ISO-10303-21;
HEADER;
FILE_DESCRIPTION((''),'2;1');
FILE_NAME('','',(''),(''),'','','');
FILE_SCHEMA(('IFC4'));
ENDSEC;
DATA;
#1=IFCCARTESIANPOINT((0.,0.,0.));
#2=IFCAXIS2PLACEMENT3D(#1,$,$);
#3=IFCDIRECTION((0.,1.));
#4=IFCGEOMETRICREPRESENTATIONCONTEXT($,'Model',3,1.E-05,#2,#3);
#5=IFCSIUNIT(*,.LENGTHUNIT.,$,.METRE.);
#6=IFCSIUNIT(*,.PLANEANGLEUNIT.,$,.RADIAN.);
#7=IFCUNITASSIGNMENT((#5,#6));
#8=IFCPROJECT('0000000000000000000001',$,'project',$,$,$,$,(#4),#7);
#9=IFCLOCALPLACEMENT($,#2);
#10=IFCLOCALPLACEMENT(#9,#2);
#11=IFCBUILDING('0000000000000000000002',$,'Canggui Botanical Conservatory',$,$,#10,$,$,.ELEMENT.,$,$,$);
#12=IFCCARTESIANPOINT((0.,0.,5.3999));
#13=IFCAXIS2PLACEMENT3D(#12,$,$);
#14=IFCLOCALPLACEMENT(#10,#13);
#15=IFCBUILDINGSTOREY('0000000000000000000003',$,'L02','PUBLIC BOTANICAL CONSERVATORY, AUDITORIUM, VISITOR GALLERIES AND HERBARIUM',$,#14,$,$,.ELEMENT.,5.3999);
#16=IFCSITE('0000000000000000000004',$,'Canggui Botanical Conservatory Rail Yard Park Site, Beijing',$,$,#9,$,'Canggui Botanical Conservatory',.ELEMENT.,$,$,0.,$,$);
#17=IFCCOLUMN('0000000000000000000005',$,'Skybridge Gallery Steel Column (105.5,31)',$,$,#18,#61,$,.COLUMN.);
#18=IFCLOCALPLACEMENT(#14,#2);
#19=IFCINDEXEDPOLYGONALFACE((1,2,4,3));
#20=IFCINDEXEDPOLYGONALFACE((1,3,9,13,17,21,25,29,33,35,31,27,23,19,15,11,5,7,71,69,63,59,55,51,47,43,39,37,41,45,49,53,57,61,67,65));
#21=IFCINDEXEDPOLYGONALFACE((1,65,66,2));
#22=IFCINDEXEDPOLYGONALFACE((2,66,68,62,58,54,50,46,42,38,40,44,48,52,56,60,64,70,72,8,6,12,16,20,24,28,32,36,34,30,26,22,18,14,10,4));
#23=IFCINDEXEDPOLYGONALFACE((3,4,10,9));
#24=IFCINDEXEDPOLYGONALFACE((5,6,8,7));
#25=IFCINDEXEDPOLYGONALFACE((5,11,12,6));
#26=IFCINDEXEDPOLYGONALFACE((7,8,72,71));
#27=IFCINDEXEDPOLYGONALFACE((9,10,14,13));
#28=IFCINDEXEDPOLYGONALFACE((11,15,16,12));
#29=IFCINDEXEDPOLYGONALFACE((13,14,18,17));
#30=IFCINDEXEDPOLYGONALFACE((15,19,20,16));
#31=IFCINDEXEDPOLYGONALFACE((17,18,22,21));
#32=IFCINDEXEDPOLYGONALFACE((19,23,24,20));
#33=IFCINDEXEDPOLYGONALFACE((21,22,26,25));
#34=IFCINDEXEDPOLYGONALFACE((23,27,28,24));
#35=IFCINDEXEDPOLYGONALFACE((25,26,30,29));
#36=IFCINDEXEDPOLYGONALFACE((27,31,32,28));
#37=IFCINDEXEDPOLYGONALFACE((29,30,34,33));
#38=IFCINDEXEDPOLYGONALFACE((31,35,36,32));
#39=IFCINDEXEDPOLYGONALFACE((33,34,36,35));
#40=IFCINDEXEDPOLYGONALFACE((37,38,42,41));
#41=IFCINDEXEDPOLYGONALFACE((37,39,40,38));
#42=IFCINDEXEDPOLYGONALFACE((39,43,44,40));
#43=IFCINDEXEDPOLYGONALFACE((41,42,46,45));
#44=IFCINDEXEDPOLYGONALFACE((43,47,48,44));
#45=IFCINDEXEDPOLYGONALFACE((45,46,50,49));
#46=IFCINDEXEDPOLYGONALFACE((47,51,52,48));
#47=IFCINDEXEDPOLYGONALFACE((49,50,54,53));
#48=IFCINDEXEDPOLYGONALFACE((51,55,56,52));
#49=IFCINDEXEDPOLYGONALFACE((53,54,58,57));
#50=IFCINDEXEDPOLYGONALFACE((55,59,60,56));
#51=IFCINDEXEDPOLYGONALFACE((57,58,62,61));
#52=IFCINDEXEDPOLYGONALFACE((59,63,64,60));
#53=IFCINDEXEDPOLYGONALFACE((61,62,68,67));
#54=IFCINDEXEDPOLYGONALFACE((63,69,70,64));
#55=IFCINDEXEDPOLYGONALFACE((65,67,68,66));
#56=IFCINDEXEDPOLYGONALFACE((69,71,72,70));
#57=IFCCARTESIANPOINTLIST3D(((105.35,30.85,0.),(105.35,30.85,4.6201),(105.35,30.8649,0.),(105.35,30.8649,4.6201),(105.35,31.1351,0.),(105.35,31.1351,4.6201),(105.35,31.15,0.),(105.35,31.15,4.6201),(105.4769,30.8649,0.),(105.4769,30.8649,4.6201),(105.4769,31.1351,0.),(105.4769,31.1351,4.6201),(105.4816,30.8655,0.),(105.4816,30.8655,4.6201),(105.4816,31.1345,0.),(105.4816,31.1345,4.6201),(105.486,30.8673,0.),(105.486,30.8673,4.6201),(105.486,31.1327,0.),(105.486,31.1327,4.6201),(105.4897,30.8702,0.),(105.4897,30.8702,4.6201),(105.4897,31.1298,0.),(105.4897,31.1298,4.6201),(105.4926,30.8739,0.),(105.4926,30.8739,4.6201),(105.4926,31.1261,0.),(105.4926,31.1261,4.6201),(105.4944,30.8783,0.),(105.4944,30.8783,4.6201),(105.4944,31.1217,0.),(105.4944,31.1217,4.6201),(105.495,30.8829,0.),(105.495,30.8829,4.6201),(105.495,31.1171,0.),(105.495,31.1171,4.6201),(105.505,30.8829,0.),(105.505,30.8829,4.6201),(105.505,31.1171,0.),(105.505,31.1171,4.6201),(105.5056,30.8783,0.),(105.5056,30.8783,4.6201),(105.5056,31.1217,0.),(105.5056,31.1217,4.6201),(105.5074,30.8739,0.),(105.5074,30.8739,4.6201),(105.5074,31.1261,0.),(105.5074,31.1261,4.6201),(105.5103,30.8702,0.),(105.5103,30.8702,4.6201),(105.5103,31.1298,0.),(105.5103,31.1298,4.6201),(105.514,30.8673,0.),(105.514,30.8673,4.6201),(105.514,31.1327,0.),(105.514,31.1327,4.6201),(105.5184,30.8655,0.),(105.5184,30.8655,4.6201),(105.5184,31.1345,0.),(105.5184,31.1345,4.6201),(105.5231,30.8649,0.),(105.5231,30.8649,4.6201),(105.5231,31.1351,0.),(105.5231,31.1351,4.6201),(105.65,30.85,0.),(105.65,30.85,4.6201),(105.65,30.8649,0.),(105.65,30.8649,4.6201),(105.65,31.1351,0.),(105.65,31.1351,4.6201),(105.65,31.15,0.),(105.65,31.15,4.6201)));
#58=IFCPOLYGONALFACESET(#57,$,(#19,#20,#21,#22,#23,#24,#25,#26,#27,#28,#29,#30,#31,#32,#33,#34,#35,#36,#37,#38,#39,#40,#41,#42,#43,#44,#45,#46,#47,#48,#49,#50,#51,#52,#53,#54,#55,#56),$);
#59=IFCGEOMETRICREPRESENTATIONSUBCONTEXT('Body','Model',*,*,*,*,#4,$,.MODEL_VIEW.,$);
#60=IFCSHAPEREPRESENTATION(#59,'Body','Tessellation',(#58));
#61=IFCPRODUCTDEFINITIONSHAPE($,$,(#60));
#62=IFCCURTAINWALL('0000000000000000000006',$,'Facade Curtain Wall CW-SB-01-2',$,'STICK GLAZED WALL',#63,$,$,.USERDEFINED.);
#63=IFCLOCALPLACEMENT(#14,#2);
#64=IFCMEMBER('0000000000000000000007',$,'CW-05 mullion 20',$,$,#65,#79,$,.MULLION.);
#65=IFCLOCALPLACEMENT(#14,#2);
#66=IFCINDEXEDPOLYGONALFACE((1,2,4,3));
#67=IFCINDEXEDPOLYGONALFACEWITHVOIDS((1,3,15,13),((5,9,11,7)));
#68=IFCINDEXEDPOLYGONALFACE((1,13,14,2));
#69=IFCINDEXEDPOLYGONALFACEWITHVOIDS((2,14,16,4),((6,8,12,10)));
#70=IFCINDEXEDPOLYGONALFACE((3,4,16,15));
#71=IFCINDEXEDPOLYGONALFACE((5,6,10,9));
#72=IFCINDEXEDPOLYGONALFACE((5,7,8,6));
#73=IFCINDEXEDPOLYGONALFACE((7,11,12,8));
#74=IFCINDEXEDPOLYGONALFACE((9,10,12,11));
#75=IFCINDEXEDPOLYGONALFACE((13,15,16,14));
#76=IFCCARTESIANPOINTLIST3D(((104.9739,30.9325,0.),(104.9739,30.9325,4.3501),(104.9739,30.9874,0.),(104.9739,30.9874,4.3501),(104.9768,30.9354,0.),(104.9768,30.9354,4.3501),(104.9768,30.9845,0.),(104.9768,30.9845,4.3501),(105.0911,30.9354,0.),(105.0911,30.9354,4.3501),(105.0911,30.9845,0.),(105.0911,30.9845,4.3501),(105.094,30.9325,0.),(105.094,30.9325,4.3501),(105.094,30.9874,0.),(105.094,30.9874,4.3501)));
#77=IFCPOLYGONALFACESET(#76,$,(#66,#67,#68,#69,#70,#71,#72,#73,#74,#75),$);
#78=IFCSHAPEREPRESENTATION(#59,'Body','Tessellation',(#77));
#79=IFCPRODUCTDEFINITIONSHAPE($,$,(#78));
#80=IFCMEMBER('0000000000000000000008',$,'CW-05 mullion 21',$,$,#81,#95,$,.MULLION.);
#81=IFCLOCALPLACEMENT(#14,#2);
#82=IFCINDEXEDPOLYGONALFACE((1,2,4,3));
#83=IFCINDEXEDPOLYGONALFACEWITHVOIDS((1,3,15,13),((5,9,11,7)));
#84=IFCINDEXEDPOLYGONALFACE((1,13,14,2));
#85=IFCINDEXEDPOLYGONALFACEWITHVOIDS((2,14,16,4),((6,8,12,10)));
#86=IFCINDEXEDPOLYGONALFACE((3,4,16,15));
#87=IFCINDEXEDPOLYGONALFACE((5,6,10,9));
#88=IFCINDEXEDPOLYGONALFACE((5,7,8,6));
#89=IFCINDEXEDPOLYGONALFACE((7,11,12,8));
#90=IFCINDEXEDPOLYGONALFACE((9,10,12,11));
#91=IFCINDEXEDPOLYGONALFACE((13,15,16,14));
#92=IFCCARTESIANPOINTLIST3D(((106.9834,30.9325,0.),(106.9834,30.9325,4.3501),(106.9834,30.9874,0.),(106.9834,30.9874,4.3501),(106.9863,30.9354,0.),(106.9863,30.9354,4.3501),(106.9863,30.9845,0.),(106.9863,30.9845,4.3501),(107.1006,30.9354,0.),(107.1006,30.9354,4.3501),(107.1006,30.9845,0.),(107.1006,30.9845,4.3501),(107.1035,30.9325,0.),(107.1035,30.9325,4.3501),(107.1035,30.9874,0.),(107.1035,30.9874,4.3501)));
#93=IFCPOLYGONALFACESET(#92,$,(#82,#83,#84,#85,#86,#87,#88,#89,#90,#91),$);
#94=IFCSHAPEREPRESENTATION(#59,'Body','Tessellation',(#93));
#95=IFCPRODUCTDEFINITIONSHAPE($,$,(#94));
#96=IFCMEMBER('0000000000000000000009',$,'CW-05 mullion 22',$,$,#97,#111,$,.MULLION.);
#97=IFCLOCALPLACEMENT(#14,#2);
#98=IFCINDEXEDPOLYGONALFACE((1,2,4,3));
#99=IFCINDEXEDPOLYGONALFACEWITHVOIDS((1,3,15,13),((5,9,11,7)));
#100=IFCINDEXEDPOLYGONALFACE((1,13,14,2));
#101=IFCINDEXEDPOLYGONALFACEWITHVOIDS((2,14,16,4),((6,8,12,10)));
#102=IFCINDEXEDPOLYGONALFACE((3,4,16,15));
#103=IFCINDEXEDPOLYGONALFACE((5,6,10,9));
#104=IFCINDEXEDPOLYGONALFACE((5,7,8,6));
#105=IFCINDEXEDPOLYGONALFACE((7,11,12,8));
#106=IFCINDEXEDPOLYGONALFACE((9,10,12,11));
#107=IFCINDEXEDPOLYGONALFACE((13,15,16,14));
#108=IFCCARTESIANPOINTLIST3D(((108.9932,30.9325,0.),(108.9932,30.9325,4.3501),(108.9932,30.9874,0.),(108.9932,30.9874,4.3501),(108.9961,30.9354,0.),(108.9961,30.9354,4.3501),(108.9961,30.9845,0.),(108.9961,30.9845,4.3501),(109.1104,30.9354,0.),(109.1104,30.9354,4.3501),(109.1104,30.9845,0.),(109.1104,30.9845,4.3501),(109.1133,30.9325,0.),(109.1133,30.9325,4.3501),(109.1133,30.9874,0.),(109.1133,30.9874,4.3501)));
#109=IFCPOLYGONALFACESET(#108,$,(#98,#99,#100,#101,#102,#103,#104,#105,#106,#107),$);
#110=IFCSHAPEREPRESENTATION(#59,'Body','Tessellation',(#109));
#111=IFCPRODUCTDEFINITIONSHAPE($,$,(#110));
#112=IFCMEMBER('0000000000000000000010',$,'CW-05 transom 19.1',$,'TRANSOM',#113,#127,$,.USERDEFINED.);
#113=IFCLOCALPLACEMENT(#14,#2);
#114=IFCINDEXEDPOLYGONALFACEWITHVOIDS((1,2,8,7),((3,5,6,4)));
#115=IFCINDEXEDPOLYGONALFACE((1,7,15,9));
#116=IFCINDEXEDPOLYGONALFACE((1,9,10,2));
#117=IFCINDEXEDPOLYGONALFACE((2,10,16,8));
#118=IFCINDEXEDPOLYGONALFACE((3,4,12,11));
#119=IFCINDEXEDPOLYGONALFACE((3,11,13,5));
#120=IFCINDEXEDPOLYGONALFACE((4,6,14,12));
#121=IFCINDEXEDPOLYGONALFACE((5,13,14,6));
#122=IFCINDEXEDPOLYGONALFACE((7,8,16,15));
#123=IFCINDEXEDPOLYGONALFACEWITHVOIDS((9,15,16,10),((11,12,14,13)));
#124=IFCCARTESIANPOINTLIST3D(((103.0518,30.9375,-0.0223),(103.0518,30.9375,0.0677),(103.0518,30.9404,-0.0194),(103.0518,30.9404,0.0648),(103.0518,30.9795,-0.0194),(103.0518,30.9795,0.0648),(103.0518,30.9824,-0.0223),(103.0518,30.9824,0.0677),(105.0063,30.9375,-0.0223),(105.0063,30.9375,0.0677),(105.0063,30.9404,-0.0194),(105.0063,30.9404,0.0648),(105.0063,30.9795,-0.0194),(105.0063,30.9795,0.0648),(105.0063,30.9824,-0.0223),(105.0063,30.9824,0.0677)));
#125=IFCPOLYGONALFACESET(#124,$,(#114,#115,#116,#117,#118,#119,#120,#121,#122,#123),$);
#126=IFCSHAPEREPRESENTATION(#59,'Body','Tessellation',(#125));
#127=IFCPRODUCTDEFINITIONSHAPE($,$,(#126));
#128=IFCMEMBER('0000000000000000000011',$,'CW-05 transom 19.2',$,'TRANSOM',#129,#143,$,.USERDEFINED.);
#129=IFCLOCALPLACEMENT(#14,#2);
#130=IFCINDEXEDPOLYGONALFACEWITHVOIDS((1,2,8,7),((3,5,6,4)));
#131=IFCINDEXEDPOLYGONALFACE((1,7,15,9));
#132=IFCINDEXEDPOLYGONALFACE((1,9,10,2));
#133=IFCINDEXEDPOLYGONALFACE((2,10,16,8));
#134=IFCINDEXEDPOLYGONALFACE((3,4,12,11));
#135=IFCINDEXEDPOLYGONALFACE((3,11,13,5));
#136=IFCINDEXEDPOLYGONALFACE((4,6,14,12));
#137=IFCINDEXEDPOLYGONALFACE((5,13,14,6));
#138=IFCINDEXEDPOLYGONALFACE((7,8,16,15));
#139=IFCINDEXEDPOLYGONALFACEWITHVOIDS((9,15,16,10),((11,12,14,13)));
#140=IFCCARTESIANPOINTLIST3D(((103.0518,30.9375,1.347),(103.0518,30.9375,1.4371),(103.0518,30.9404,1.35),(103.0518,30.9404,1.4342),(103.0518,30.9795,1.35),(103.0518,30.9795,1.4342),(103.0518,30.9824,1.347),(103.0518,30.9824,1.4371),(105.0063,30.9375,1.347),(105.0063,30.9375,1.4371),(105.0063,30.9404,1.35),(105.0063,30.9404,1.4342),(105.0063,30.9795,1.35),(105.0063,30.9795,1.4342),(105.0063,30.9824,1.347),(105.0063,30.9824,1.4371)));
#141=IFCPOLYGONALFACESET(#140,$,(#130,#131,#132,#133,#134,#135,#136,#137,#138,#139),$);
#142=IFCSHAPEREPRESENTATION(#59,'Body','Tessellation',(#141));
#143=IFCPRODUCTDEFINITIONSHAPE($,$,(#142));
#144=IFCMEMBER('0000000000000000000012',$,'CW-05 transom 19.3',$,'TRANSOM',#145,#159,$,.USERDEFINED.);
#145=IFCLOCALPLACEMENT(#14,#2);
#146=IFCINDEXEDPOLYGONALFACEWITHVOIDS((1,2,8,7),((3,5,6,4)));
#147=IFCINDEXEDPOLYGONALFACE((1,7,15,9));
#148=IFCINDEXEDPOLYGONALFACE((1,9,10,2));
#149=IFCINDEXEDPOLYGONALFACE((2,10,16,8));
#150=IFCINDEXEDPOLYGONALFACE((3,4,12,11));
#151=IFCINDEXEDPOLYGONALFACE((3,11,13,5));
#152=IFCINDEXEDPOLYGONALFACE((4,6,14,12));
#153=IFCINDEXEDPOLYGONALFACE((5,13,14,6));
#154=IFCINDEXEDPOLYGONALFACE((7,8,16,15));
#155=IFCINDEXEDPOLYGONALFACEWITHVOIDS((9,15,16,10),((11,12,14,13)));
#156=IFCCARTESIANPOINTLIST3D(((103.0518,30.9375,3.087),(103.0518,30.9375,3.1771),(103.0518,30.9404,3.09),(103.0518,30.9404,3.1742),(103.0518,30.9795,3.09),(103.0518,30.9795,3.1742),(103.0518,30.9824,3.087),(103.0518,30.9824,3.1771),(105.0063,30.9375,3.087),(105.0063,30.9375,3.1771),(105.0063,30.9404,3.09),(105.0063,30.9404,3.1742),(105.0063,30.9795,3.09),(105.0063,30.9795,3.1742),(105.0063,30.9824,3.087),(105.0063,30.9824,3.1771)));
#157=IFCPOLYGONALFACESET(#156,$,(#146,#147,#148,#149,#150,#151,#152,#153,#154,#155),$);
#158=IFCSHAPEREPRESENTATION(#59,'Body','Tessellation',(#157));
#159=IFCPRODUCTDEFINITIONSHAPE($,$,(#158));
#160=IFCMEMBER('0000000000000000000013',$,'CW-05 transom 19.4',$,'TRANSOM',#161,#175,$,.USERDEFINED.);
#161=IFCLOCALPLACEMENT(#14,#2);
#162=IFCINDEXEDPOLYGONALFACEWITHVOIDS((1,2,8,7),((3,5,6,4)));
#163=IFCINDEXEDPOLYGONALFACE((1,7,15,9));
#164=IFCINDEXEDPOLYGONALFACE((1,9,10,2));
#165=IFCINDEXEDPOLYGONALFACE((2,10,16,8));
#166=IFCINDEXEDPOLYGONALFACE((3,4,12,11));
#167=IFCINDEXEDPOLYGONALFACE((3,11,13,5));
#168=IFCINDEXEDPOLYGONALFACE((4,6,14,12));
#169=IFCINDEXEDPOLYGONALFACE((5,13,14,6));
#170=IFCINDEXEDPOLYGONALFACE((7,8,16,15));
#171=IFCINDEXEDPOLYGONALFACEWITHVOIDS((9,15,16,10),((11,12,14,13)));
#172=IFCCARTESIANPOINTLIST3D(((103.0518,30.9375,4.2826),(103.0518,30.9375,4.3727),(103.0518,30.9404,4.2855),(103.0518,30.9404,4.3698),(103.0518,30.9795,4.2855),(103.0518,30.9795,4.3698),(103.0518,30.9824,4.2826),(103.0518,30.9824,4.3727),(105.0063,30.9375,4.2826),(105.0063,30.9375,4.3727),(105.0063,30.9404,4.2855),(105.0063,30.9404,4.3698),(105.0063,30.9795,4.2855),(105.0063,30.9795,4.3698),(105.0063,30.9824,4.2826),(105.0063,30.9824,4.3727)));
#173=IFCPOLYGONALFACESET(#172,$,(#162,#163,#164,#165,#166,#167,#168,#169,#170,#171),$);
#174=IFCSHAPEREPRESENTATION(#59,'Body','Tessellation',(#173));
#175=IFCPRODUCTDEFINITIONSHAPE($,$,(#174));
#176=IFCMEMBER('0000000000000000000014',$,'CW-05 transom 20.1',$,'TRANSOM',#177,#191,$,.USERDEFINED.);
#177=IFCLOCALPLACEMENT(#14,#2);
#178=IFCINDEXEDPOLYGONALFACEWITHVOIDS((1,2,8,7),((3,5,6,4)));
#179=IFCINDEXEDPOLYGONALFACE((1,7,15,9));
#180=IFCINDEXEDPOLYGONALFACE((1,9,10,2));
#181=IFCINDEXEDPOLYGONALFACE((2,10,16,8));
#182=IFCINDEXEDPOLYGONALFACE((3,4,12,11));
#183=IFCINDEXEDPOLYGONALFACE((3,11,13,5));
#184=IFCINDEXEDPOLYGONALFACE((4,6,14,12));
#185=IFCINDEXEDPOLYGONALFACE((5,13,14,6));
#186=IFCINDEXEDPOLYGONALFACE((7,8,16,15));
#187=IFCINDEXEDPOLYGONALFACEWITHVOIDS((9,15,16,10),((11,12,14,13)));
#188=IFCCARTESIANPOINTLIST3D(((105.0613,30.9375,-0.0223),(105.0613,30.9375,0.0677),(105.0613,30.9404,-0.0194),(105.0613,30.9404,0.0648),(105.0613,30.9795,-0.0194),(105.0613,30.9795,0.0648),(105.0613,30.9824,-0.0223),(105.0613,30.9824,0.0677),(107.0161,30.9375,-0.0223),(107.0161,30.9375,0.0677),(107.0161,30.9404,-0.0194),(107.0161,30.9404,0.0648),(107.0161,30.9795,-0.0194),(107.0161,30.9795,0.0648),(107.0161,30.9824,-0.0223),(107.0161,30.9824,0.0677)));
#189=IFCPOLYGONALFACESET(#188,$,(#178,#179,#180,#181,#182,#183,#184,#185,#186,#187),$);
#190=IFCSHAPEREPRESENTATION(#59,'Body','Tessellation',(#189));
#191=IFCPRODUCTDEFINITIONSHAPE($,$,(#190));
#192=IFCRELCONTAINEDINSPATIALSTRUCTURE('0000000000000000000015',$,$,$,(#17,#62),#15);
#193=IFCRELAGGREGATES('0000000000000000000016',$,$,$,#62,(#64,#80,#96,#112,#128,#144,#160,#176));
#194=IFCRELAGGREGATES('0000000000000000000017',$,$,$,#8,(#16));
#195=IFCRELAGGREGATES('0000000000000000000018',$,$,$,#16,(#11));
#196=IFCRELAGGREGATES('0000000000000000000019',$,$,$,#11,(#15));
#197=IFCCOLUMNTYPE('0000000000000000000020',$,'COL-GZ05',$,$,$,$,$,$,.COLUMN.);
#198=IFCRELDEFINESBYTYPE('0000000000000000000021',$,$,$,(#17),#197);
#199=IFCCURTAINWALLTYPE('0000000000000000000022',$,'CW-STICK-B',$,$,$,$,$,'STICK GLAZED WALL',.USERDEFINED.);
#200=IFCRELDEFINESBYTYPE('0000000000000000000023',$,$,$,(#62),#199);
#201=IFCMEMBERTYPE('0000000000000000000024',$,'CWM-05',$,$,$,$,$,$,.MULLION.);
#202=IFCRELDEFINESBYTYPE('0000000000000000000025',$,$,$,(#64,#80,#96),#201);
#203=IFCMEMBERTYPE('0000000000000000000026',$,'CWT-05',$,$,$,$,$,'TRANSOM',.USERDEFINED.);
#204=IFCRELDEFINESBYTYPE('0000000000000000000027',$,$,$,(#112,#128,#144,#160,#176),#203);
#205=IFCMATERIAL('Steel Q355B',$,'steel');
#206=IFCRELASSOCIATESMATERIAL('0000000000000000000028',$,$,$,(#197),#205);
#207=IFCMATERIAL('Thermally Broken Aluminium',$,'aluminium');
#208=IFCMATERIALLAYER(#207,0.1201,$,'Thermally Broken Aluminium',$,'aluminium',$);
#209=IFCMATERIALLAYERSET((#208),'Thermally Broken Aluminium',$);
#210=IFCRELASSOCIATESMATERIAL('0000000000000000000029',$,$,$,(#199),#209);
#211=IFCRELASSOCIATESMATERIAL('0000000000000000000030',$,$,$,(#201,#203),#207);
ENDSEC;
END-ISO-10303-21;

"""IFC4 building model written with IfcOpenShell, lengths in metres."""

from ifc_helpers import new_model, si_unit, direction, frame, origin, origin_2d, place, context, subcontext, project, spatial, hollow_rectangle, i_section, extrude, material, layer, layer_set, material_profile, profile_set, type_object, element, aggregate, save


model = new_model("IFC4")

# Units and contexts
model_context = context("Model", 3, precision=1e-05, world=origin(), true_north=direction((0.0, 1.0)))
body_context = subcontext(model_context, "Body", "Model", "MODEL_VIEW")
ifc_project = project(units=[si_unit("LENGTHUNIT", "METRE"), si_unit("PLANEANGLEUNIT", "RADIAN")], contexts=[model_context])

# Site, building, storey
site_placement = place(None, origin())
site = spatial("IfcSite", under=ifc_project, at=site_placement, Name="Canggui Botanical Conservatory Rail Yard Park Site, Beijing", LongName="Canggui Botanical Conservatory", CompositionType="ELEMENT", RefElevation=0.0)
building_placement = place(site_placement, origin())
building = spatial("IfcBuilding", under=site, at=building_placement, Name="Canggui Botanical Conservatory", CompositionType="ELEMENT")
storey_placement = place(building_placement, frame((0.0, 0.0, 5.3999)))
storey = spatial("IfcBuildingStorey", under=building, at=storey_placement, Name="L02", Description="PUBLIC BOTANICAL CONSERVATORY, AUDITORIUM, VISITOR GALLERIES AND HERBARIUM", CompositionType="ELEMENT", Elevation=5.3999)

# Column
ifc_material_1 = material(Name="Steel Q355B", Category="steel")
ifc_material_profile_1 = material_profile(ifc_material_1, i_section(OverallWidth=0.3, OverallDepth=0.3, WebThickness=0.01, FlangeThickness=0.0149, FilletRadius=0.0181, at=origin_2d()), Name="HW 300x300x10x15")
ifc_profile_set_1 = profile_set([ifc_material_profile_1], Name="Steel Q355B")
column_type = type_object("IfcColumnType", Name="COL-GZ05", PredefinedType="COLUMN", material=ifc_profile_set_1)
column_placement = place(storey_placement, frame((105.5, 31.0, 0.0), z_axis=(0.0, 0.0, 1.0), x_axis=(1.0, 0.0, 0.0)))
element("IfcColumn", 1, at=column_placement, inside=storey, type_object=column_type, Name="Skybridge Gallery Steel Column (105.5,31)", PredefinedType="COLUMN", context=body_context, shape_type="SweptSolid", body=[
    extrude(i_section(OverallWidth=0.3, OverallDepth=0.3, WebThickness=0.01, FlangeThickness=0.0149, FilletRadius=0.0181, at=origin_2d()), origin(), (0.0, 0.0, 1.0), 4.6201),
])

# Curtain wall, members
ifc_material_2 = material(Name="Thermally Broken Aluminium", Category="aluminium")
ifc_layer_1 = layer(ifc_material_2, 0.1201, Name="Thermally Broken Aluminium", Category="aluminium")
ifc_layer_set_1 = layer_set([ifc_layer_1], Name="Thermally Broken Aluminium")
curtain_wall_type = type_object("IfcCurtainWallType", Name="CW-STICK-B", ElementType="STICK GLAZED WALL", PredefinedType="USERDEFINED", material=ifc_layer_set_1)
curtain_wall_placement = place(storey_placement, origin())
curtain_wall = element("IfcCurtainWall", 2, at=curtain_wall_placement, inside=storey, type_object=curtain_wall_type, Name="Facade Curtain Wall CW-SB-01-2", ObjectType="STICK GLAZED WALL", PredefinedType="USERDEFINED")
ifc_material_profile_2 = material_profile(ifc_material_2, hollow_rectangle(XDim=0.0549, YDim=0.1201, WallThickness=0.0029, at=origin_2d()), Name="CWM 55x120x3")
ifc_profile_set_2 = profile_set([ifc_material_profile_2], Name="Thermally Broken Aluminium")
member_type_1 = type_object("IfcMemberType", Name="CWM-05", PredefinedType="MULLION", material=ifc_profile_set_2)
member_1_placement = place(storey_placement, frame((105.0339, 30.96, 0.0), z_axis=(0.0, 0.0, 1.0), x_axis=(0.0, 1.0, 0.0)))
member_1 = element("IfcMember", 3, at=member_1_placement, type_object=member_type_1, Name="CW-05 mullion 20", PredefinedType="MULLION", context=body_context, shape_type="SweptSolid", body=[
    extrude(hollow_rectangle(XDim=0.0549, YDim=0.1201, WallThickness=0.0029, at=origin_2d()), origin(), (0.0, 0.0, 1.0), 4.3501),
])
member_2_placement = place(storey_placement, frame((107.0435, 30.96, 0.0), z_axis=(0.0, 0.0, 1.0), x_axis=(0.0, 1.0, 0.0)))
member_2 = element("IfcMember", 4, at=member_2_placement, type_object=member_type_1, Name="CW-05 mullion 21", PredefinedType="MULLION", context=body_context, shape_type="SweptSolid", body=[
    extrude(hollow_rectangle(XDim=0.0549, YDim=0.1201, WallThickness=0.0029, at=origin_2d()), origin(), (0.0, 0.0, 1.0), 4.3501),
])
member_3_placement = place(storey_placement, frame((109.0532, 30.96, 0.0), z_axis=(0.0, 0.0, 1.0), x_axis=(0.0, 1.0, 0.0)))
member_3 = element("IfcMember", 5, at=member_3_placement, type_object=member_type_1, Name="CW-05 mullion 22", PredefinedType="MULLION", context=body_context, shape_type="SweptSolid", body=[
    extrude(hollow_rectangle(XDim=0.0549, YDim=0.1201, WallThickness=0.0029, at=origin_2d()), origin(), (0.0, 0.0, 1.0), 4.3501),
])
ifc_material_profile_3 = material_profile(ifc_material_2, hollow_rectangle(XDim=0.0449, YDim=0.0901, WallThickness=0.0029, at=origin_2d()), Name="CWT 45x90x3")
ifc_profile_set_3 = profile_set([ifc_material_profile_3], Name="Thermally Broken Aluminium")
member_type_2 = type_object("IfcMemberType", Name="CWT-05", ElementType="TRANSOM", PredefinedType="USERDEFINED", material=ifc_profile_set_3)
member_4_placement = place(storey_placement, frame((103.0518, 30.96, 0.0227), z_axis=(1.0, 0.0, 0.0), x_axis=(0.0, 1.0, 0.0)))
member_4 = element("IfcMember", 6, at=member_4_placement, type_object=member_type_2, Name="CW-05 transom 19.1", ObjectType="TRANSOM", PredefinedType="USERDEFINED", context=body_context, shape_type="SweptSolid", body=[
    extrude(hollow_rectangle(XDim=0.0449, YDim=0.0901, WallThickness=0.0029, at=origin_2d()), origin(), (0.0, 0.0, 1.0), 1.9546),
])
member_5_placement = place(storey_placement, frame((103.0518, 30.96, 1.3921), z_axis=(1.0, 0.0, 0.0), x_axis=(0.0, 1.0, 0.0)))
member_5 = element("IfcMember", 7, at=member_5_placement, type_object=member_type_2, Name="CW-05 transom 19.2", ObjectType="TRANSOM", PredefinedType="USERDEFINED", context=body_context, shape_type="SweptSolid", body=[
    extrude(hollow_rectangle(XDim=0.0449, YDim=0.0901, WallThickness=0.0029, at=origin_2d()), origin(), (0.0, 0.0, 1.0), 1.9546),
])
member_6_placement = place(storey_placement, frame((103.0518, 30.96, 3.1321), z_axis=(1.0, 0.0, 0.0), x_axis=(0.0, 1.0, 0.0)))
member_6 = element("IfcMember", 8, at=member_6_placement, type_object=member_type_2, Name="CW-05 transom 19.3", ObjectType="TRANSOM", PredefinedType="USERDEFINED", context=body_context, shape_type="SweptSolid", body=[
    extrude(hollow_rectangle(XDim=0.0449, YDim=0.0901, WallThickness=0.0029, at=origin_2d()), origin(), (0.0, 0.0, 1.0), 1.9546),
])
member_7_placement = place(storey_placement, frame((103.0518, 30.96, 4.3276), z_axis=(1.0, 0.0, 0.0), x_axis=(0.0, 1.0, 0.0)))
member_7 = element("IfcMember", 9, at=member_7_placement, type_object=member_type_2, Name="CW-05 transom 19.4", ObjectType="TRANSOM", PredefinedType="USERDEFINED", context=body_context, shape_type="SweptSolid", body=[
    extrude(hollow_rectangle(XDim=0.0449, YDim=0.0901, WallThickness=0.0029, at=origin_2d()), origin(), (0.0, 0.0, 1.0), 1.9546),
])
member_8_placement = place(storey_placement, frame((105.0613, 30.96, 0.0227), z_axis=(1.0, 0.0, 0.0), x_axis=(0.0, 1.0, 0.0)))
member_8 = element("IfcMember", 10, at=member_8_placement, type_object=member_type_2, Name="CW-05 transom 20.1", ObjectType="TRANSOM", PredefinedType="USERDEFINED", context=body_context, shape_type="SweptSolid", body=[
    extrude(hollow_rectangle(XDim=0.0449, YDim=0.0901, WallThickness=0.0029, at=origin_2d()), origin(), (0.0, 0.0, 1.0), 1.9548),
])

aggregate(curtain_wall, [member_1, member_2, member_3, member_4, member_5, member_6, member_7, member_8])

save(model, "model.ifc")
